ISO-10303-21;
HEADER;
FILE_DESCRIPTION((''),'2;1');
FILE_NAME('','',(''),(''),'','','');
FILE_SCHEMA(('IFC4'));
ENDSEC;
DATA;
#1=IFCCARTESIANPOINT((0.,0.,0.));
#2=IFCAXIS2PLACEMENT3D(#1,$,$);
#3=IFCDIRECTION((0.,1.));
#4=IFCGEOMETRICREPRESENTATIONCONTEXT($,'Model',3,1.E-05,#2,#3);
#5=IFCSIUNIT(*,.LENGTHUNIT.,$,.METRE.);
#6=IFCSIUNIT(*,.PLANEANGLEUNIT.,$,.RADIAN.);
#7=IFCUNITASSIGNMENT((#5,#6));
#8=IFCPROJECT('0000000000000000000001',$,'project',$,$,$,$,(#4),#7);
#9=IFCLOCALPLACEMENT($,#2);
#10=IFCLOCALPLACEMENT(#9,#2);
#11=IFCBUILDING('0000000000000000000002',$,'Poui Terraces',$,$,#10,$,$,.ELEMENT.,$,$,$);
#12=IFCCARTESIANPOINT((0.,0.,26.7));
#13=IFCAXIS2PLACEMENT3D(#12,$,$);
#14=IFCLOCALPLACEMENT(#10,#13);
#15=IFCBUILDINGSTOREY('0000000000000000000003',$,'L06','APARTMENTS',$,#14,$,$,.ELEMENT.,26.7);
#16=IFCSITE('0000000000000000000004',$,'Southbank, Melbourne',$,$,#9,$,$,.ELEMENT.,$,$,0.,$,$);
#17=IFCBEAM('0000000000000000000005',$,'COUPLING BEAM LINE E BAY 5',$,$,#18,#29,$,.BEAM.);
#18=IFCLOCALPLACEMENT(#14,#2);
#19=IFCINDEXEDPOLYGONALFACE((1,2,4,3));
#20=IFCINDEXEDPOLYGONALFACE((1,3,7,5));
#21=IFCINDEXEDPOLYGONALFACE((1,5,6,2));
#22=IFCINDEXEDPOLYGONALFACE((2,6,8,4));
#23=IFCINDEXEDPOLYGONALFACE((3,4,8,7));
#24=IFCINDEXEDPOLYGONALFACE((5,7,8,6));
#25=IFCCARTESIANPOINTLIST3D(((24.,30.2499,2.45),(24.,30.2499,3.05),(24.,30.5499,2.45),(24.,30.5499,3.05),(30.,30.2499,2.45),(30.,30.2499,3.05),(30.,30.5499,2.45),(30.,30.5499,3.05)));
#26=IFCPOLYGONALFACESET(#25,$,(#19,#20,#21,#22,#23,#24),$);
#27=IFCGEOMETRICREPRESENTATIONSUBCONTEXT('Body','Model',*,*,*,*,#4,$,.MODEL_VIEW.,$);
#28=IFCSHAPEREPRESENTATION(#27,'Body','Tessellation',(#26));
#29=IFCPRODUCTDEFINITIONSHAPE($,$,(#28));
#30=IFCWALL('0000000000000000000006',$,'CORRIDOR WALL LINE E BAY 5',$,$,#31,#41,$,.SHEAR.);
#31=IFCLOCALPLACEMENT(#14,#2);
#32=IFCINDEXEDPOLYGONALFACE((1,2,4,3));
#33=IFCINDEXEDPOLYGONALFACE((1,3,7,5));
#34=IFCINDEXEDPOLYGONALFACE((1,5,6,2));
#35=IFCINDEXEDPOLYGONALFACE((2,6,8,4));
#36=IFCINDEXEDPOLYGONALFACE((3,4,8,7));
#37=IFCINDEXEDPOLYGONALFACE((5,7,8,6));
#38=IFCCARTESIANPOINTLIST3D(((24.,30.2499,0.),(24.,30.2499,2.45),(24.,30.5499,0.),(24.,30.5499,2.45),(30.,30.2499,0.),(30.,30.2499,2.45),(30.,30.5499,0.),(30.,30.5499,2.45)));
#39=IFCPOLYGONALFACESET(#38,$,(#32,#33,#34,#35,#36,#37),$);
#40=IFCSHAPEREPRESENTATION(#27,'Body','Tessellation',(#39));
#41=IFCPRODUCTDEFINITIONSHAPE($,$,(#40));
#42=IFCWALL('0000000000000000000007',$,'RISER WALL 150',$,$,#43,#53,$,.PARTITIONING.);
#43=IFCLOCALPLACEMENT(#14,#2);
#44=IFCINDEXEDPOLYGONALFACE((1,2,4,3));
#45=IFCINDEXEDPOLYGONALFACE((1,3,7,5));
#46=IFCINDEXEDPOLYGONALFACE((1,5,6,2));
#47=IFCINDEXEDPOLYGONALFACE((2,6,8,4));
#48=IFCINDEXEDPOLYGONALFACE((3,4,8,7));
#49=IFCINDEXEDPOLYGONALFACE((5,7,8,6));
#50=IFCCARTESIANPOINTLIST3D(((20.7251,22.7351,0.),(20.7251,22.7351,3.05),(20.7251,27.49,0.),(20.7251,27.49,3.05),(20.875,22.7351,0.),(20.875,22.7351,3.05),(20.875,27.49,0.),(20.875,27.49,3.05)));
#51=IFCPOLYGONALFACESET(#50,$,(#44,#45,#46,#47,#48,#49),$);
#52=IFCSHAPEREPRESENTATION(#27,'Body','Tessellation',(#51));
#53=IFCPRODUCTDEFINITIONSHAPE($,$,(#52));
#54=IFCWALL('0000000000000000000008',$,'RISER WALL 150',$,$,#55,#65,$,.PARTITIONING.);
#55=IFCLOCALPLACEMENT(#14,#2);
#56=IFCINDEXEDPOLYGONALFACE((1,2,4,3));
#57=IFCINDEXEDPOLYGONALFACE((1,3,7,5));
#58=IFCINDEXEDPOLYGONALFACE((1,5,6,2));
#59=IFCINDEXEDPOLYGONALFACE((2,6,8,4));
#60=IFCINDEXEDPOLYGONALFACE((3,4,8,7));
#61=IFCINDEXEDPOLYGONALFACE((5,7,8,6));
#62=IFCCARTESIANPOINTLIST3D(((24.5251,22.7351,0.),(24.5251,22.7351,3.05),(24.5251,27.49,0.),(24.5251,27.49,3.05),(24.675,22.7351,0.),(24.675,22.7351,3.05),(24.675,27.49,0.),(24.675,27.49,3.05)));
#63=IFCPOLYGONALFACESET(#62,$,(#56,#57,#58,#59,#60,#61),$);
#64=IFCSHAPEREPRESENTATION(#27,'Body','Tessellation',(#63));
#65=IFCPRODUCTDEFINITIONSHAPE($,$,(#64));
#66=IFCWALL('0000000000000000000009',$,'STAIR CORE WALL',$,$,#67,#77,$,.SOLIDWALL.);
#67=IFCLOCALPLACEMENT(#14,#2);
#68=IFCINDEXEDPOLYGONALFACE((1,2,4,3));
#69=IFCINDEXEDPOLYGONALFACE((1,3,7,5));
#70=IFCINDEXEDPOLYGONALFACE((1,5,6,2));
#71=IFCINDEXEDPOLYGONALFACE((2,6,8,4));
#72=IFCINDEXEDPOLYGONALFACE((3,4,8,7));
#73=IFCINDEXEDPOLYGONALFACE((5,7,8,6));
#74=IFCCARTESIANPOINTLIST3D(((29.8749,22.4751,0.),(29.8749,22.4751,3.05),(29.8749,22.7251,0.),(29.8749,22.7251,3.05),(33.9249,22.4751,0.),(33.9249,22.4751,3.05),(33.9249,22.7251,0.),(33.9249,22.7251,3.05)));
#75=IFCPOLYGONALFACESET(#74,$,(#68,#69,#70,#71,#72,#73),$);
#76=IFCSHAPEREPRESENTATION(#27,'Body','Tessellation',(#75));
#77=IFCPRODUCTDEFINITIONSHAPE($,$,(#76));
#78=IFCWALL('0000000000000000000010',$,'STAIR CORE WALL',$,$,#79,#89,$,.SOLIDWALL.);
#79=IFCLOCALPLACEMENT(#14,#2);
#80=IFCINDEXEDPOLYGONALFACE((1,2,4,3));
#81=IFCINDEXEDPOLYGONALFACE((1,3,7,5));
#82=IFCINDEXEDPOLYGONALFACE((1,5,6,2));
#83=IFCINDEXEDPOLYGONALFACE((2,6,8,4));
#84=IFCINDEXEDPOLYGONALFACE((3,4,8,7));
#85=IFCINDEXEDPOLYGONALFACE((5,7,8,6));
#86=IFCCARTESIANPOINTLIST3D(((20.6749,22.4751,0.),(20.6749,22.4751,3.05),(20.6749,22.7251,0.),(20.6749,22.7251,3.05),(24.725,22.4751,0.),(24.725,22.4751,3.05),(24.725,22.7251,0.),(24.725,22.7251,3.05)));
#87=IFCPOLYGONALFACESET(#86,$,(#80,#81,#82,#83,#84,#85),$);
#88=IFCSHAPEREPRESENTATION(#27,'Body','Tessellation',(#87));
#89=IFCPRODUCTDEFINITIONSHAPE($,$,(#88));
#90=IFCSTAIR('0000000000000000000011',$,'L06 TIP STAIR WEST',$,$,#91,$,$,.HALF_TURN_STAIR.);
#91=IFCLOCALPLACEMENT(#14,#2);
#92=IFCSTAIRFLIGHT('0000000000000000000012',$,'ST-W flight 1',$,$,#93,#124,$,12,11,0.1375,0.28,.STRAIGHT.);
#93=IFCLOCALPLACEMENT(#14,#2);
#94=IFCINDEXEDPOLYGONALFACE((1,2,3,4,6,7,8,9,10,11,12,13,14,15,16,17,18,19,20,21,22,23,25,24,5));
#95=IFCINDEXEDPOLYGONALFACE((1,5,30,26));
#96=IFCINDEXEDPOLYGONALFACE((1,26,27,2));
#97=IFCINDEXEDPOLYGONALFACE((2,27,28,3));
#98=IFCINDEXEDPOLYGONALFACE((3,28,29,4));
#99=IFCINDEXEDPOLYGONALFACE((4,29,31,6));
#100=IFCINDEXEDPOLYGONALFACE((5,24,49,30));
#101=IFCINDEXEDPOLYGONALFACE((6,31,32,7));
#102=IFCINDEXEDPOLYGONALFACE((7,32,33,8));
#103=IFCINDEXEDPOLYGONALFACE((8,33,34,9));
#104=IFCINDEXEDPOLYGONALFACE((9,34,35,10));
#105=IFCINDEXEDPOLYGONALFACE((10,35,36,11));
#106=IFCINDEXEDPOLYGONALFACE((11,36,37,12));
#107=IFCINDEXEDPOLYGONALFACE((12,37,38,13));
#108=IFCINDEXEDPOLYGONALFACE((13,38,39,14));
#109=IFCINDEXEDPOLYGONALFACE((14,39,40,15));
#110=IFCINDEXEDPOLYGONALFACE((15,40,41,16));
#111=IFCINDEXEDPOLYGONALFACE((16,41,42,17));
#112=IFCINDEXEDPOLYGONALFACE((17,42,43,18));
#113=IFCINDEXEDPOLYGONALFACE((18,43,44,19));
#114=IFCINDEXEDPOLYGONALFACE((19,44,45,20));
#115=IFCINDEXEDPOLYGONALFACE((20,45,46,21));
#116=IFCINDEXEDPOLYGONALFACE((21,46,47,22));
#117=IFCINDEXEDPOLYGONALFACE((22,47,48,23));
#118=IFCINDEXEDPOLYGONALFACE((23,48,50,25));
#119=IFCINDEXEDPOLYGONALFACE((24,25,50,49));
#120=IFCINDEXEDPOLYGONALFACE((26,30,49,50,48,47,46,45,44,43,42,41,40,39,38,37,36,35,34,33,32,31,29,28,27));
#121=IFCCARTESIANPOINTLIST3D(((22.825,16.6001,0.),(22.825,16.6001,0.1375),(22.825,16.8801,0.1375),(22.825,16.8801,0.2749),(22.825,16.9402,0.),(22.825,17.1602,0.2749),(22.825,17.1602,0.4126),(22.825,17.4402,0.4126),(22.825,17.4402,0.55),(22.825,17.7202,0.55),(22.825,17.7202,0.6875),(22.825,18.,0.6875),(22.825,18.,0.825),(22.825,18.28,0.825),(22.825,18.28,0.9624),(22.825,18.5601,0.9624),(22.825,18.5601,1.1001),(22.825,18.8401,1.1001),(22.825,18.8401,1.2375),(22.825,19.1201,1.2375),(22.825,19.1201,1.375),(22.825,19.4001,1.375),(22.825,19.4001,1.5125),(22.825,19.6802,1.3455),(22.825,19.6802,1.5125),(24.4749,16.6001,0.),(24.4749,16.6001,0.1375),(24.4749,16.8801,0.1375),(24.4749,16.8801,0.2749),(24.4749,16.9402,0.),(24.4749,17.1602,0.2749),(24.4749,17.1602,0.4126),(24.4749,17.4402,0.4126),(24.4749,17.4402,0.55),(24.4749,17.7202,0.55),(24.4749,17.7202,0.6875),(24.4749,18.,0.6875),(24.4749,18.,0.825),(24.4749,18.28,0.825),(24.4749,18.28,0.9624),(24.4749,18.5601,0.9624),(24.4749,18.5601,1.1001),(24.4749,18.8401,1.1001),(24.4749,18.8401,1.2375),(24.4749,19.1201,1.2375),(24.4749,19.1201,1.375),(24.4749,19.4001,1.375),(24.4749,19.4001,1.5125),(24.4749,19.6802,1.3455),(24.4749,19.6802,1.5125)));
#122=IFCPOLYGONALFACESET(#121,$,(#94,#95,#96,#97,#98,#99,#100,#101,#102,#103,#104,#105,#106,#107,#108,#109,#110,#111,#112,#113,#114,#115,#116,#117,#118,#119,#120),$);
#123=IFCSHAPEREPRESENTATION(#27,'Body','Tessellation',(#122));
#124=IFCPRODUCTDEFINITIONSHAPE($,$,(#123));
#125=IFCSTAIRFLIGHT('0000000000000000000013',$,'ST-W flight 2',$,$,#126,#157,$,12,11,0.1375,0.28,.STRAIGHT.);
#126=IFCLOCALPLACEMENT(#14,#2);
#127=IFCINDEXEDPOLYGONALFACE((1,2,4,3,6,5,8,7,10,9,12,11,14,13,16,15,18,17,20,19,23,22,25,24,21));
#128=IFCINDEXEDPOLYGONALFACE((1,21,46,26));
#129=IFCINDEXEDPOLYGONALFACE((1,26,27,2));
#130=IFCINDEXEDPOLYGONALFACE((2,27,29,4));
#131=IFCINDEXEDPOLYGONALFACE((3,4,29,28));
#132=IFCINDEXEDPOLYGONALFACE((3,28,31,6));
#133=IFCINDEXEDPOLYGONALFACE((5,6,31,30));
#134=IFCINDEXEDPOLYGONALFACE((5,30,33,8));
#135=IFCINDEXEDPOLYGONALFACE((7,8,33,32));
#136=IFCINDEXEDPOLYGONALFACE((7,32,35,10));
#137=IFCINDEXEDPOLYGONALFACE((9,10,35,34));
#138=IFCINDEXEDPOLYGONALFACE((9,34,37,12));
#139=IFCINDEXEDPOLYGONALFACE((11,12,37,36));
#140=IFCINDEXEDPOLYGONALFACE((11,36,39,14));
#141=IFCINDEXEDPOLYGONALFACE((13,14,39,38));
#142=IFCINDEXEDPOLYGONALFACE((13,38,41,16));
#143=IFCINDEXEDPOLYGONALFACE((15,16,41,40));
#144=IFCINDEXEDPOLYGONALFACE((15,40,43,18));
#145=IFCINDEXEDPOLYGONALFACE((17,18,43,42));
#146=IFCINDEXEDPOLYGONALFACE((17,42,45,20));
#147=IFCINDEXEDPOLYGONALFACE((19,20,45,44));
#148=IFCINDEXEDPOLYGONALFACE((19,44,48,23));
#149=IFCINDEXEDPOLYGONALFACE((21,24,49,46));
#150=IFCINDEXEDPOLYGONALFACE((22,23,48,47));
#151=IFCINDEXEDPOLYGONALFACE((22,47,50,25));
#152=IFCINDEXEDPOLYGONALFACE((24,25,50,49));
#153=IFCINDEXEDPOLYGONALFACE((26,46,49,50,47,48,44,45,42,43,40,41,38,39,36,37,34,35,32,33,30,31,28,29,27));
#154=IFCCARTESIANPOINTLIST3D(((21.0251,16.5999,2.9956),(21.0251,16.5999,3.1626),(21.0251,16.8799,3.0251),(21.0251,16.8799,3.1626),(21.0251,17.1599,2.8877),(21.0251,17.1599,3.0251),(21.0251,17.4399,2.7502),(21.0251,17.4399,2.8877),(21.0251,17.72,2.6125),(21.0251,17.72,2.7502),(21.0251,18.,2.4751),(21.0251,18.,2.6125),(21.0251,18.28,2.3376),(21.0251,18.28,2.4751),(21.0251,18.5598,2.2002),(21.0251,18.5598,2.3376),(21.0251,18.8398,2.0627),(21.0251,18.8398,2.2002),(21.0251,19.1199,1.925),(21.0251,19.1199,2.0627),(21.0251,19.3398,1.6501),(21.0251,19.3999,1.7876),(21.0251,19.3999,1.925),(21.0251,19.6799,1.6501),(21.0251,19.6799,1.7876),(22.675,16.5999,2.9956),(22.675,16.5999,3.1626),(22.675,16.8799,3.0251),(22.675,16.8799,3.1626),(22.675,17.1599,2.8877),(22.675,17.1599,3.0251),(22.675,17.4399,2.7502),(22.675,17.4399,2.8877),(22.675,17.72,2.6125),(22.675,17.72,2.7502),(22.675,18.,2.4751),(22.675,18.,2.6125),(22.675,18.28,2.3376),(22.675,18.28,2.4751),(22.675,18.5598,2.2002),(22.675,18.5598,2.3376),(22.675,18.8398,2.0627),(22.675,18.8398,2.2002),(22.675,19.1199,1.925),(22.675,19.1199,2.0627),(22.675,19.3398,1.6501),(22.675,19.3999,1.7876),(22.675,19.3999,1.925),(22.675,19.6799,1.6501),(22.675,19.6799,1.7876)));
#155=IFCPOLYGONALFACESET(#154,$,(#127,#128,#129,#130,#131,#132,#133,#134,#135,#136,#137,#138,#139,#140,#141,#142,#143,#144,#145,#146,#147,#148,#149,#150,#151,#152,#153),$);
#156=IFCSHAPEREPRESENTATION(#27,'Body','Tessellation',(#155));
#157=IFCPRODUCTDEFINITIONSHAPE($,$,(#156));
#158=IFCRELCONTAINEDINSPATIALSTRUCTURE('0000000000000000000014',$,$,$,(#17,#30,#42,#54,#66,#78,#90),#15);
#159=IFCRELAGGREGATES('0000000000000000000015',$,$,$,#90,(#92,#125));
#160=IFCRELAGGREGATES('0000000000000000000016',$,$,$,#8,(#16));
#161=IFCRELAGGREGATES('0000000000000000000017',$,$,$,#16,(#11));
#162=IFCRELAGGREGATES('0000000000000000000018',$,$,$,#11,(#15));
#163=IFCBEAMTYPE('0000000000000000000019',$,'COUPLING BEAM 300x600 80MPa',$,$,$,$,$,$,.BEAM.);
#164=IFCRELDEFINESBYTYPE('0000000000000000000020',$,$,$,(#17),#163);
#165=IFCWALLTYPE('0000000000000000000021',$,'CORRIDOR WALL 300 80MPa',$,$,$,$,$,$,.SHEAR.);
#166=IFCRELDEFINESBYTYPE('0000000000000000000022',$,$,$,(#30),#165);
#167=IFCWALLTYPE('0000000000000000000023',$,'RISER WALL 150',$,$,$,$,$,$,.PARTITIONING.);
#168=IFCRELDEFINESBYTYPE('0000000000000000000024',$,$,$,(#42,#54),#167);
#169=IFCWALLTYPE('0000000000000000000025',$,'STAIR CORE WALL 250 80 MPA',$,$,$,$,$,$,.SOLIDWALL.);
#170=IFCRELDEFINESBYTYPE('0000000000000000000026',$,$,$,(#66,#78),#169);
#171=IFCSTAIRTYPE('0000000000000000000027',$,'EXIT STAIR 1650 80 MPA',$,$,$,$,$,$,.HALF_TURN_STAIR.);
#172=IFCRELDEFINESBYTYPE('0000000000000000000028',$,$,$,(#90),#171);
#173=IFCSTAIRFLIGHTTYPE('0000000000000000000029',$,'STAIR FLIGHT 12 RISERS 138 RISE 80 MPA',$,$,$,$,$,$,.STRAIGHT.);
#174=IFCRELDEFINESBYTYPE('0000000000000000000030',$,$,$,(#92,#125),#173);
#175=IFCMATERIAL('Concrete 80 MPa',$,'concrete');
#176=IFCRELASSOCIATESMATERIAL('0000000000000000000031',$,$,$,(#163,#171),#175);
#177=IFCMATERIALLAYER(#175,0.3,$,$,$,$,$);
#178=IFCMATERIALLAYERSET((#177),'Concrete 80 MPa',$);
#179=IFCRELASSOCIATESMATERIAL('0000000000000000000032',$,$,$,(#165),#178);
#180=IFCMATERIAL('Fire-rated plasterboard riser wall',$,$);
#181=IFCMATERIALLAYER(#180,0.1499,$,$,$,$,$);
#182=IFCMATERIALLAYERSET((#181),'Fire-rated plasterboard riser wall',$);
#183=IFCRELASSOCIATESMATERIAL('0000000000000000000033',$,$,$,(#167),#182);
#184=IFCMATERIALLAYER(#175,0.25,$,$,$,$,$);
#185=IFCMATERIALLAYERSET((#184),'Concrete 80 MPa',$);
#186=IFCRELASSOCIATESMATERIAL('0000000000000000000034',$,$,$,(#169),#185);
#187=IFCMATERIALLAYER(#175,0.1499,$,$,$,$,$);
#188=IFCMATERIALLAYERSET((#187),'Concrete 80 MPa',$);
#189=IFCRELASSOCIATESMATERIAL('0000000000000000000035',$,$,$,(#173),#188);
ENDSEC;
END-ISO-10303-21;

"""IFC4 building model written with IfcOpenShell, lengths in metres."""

from ifc_helpers import new_model, si_unit, direction, frame, frame_2d, origin, origin_2d, place, context, subcontext, project, spatial, polyline, rectangle, outline, extrude, source, transform, mapped, material, layer, layer_set, material_profile, profile_set, type_object, element, aggregate, save


model = new_model("IFC4")

# Units and contexts
model_context = context("Model", 3, precision=1e-05, world=origin(), true_north=direction((0.0, 1.0)))
body_context = subcontext(model_context, "Body", "Model", "MODEL_VIEW")
ifc_project = project(units=[si_unit("LENGTHUNIT", "METRE"), si_unit("PLANEANGLEUNIT", "RADIAN")], contexts=[model_context])

# Site, building, storey
site_placement = place(None, origin())
site = spatial("IfcSite", under=ifc_project, at=site_placement, Name="Southbank, Melbourne", CompositionType="ELEMENT", RefElevation=0.0)
building_placement = place(site_placement, origin())
building = spatial("IfcBuilding", under=site, at=building_placement, Name="Poui Terraces", CompositionType="ELEMENT")
storey_placement = place(building_placement, frame((0.0, 0.0, 26.7)))
storey = spatial("IfcBuildingStorey", under=building, at=storey_placement, Name="L06", Description="APARTMENTS", CompositionType="ELEMENT", Elevation=26.7)

# Beam
ifc_material_1 = material(Name="Concrete 80 MPa", Category="concrete")
ifc_material_profile = material_profile(ifc_material_1, rectangle(XDim=0.3, YDim=0.6001, at=origin_2d()), Name="RC 300x600")
ifc_profile_set = profile_set([ifc_material_profile], Name="Concrete 80 MPa")
beam_type = type_object("IfcBeamType", Name="COUPLING BEAM 300x600 80MPa", PredefinedType="BEAM", material=ifc_profile_set)
shared_shape = source(origin(), body_context, "Body", "SweptSolid", [
    extrude(rectangle(XDim=0.3, YDim=0.6001, at=origin_2d()), origin(), (0.0, 0.0, 1.0), 6.0),
])
beam_placement = place(storey_placement, frame((24.0, 30.3999, 2.75), z_axis=(1.0, 0.0, 0.0), x_axis=(0.0, 1.0, 0.0)))
element("IfcBeam", 1, at=beam_placement, inside=storey, type_object=beam_type, Name="COUPLING BEAM LINE E BAY 5", PredefinedType="BEAM", context=body_context, shape_type="MappedRepresentation", body=[
    mapped(shared_shape, transform((0.0, 0.0, 0.0))),
])

# Walls
ifc_layer_1 = layer(ifc_material_1, 0.3)
ifc_layer_set_1 = layer_set([ifc_layer_1], Name="Concrete 80 MPa")
wall_type_1 = type_object("IfcWallType", Name="CORRIDOR WALL 300 80MPa", PredefinedType="SHEAR", material=ifc_layer_set_1)
wall_placement = place(storey_placement, frame((24.0, 30.3999, 0.0), z_axis=(0.0, 0.0, 1.0), x_axis=(1.0, 0.0, 0.0)))
element("IfcWall", 2, at=wall_placement, inside=storey, type_object=wall_type_1, Name="CORRIDOR WALL LINE E BAY 5", PredefinedType="SHEAR", context=body_context, shape_type="SweptSolid", body=[
    extrude(rectangle(XDim=6.0, YDim=0.3, at=frame_2d((3.0, 0.0))), origin(), (0.0, 0.0, 1.0), 2.45),
])
ifc_material_2 = material(Name="Fire-rated plasterboard riser wall")
ifc_layer_2 = layer(ifc_material_2, 0.1499)
ifc_layer_set_2 = layer_set([ifc_layer_2], Name="Fire-rated plasterboard riser wall")
wall_type_2 = type_object("IfcWallType", Name="RISER WALL 150", PredefinedType="PARTITIONING", material=ifc_layer_set_2)
for number, where, z_axis, x_axis, name in (
    (3, (20.8, 22.7351, 0.0), (0.0, 0.0, 1.0), (0.0, 1.0, 0.0), "RISER WALL 150"),
    (4, (24.6001, 22.7351, 0.0), (0.0, 0.0, 1.0), (0.0, 1.0, 0.0), "RISER WALL 150"),
):
    element("IfcWall", number, at=place(storey_placement, frame(where, z_axis=z_axis, x_axis=x_axis)), inside=storey, type_object=wall_type_2, Name=name, PredefinedType="PARTITIONING", context=body_context, shape_type="SweptSolid", body=[
        extrude(rectangle(XDim=4.7549, YDim=0.1499, at=frame_2d((2.3774, 0.0))), origin(), (0.0, 0.0, 1.0), 3.05),
    ])
ifc_layer_3 = layer(ifc_material_1, 0.25)
ifc_layer_set_3 = layer_set([ifc_layer_3], Name="Concrete 80 MPa")
wall_type_3 = type_object("IfcWallType", Name="STAIR CORE WALL 250 80 MPA", PredefinedType="SOLIDWALL", material=ifc_layer_set_3)
for number, where, z_axis, x_axis, name in (
    (5, (29.875, 22.6001, 0.0), (0.0, 0.0, 1.0), (1.0, 0.0, 0.0), "STAIR CORE WALL"),
    (6, (20.675, 22.6001, 0.0), (0.0, 0.0, 1.0), (1.0, 0.0, 0.0), "STAIR CORE WALL"),
):
    element("IfcWall", number, at=place(storey_placement, frame(where, z_axis=z_axis, x_axis=x_axis)), inside=storey, type_object=wall_type_3, Name=name, PredefinedType="SOLIDWALL", context=body_context, shape_type="SweptSolid", body=[
        extrude(rectangle(XDim=4.05, YDim=0.25, at=frame_2d((2.0249, 0.0))), origin(), (0.0, 0.0, 1.0), 3.05),
    ])

# Stair, stair flights
stair_type = type_object("IfcStairType", Name="EXIT STAIR 1650 80 MPA", PredefinedType="HALF_TURN_STAIR", material=ifc_material_1)
stair_placement = place(storey_placement, origin())
stair = element("IfcStair", 7, at=stair_placement, inside=storey, type_object=stair_type, Name="L06 TIP STAIR WEST", PredefinedType="HALF_TURN_STAIR")
ifc_layer_4 = layer(ifc_material_1, 0.1499)
ifc_layer_set_4 = layer_set([ifc_layer_4], Name="Concrete 80 MPa")
stair_flight_type = type_object("IfcStairFlightType", Name="STAIR FLIGHT 12 RISERS 138 RISE 80 MPA", PredefinedType="STRAIGHT", material=ifc_layer_set_4)
stair_flight_1_placement = place(storey_placement, frame((23.6499, 16.6001, 0.0), z_axis=(0.0, 0.0, 1.0), x_axis=(0.0, 1.0, 0.0)))
stair_flight_1 = element("IfcStairFlight", 8, at=stair_flight_1_placement, type_object=stair_flight_type, Name="ST-W flight 1", NumberOfRisers=12, NumberOfTreads=11, PredefinedType="STRAIGHT", RiserHeight=0.1375, TreadLength=0.28, context=body_context, shape_type="SweptSolid", body=[
    extrude(outline(polyline([(0.0, 0.0), (0.0, 0.1375), (0.28, 0.1375), (0.28, 0.2749), (0.5601, 0.2749), (0.5601, 0.4126), (0.8401, 0.4126), (0.8401, 0.55), (1.1201, 0.55), (1.1201, 0.6875), (1.3999, 0.6875), (1.3999, 0.825), (1.6799, 0.825), (1.6799, 0.9624), (1.96, 0.9624), (1.96, 1.1001), (2.24, 1.1001), (2.24, 1.2375), (2.52, 1.2375), (2.52, 1.375), (2.8, 1.375), (2.8, 1.5125), (3.0801, 1.5125), (3.0801, 1.6499), (3.0801, 1.3455), (0.3401, 0.0), (0.0, 0.0)])), frame((0.0, 0.825, 0.0), z_axis=(0.0, -1.0, 0.0), x_axis=(1.0, 0.0, 0.0)), (0.0, 0.0, 1.0), 1.6499),
])
stair_flight_2_placement = place(storey_placement, frame((21.8501, 19.6799, 1.6501), z_axis=(0.0, 0.0, 1.0), x_axis=(0.0, -1.0, 0.0)))
stair_flight_2 = element("IfcStairFlight", 9, at=stair_flight_2_placement, type_object=stair_flight_type, Name="ST-W flight 2", NumberOfRisers=12, NumberOfTreads=11, PredefinedType="STRAIGHT", RiserHeight=0.1375, TreadLength=0.28, context=body_context, shape_type="SweptSolid", body=[
    extrude(outline(polyline([(0.0, 0.0), (0.0, 0.1375), (0.28, 0.1375), (0.28, 0.2749), (0.5601, 0.2749), (0.5601, 0.4126), (0.8401, 0.4126), (0.8401, 0.55), (1.1201, 0.55), (1.1201, 0.6875), (1.3999, 0.6875), (1.3999, 0.825), (1.6799, 0.825), (1.6799, 0.9624), (1.96, 0.9624), (1.96, 1.1001), (2.24, 1.1001), (2.24, 1.2375), (2.52, 1.2375), (2.52, 1.375), (2.8, 1.375), (2.8, 1.5125), (3.0801, 1.5125), (3.0801, 1.6499), (3.0801, 1.3455), (0.3401, 0.0), (0.0, 0.0)])), frame((0.0, 0.825, 0.0), z_axis=(0.0, -1.0, 0.0), x_axis=(1.0, 0.0, 0.0)), (0.0, 0.0, 1.0), 1.6499),
])
aggregate(stair, [stair_flight_1, stair_flight_2])

save(model, "model.ifc")
